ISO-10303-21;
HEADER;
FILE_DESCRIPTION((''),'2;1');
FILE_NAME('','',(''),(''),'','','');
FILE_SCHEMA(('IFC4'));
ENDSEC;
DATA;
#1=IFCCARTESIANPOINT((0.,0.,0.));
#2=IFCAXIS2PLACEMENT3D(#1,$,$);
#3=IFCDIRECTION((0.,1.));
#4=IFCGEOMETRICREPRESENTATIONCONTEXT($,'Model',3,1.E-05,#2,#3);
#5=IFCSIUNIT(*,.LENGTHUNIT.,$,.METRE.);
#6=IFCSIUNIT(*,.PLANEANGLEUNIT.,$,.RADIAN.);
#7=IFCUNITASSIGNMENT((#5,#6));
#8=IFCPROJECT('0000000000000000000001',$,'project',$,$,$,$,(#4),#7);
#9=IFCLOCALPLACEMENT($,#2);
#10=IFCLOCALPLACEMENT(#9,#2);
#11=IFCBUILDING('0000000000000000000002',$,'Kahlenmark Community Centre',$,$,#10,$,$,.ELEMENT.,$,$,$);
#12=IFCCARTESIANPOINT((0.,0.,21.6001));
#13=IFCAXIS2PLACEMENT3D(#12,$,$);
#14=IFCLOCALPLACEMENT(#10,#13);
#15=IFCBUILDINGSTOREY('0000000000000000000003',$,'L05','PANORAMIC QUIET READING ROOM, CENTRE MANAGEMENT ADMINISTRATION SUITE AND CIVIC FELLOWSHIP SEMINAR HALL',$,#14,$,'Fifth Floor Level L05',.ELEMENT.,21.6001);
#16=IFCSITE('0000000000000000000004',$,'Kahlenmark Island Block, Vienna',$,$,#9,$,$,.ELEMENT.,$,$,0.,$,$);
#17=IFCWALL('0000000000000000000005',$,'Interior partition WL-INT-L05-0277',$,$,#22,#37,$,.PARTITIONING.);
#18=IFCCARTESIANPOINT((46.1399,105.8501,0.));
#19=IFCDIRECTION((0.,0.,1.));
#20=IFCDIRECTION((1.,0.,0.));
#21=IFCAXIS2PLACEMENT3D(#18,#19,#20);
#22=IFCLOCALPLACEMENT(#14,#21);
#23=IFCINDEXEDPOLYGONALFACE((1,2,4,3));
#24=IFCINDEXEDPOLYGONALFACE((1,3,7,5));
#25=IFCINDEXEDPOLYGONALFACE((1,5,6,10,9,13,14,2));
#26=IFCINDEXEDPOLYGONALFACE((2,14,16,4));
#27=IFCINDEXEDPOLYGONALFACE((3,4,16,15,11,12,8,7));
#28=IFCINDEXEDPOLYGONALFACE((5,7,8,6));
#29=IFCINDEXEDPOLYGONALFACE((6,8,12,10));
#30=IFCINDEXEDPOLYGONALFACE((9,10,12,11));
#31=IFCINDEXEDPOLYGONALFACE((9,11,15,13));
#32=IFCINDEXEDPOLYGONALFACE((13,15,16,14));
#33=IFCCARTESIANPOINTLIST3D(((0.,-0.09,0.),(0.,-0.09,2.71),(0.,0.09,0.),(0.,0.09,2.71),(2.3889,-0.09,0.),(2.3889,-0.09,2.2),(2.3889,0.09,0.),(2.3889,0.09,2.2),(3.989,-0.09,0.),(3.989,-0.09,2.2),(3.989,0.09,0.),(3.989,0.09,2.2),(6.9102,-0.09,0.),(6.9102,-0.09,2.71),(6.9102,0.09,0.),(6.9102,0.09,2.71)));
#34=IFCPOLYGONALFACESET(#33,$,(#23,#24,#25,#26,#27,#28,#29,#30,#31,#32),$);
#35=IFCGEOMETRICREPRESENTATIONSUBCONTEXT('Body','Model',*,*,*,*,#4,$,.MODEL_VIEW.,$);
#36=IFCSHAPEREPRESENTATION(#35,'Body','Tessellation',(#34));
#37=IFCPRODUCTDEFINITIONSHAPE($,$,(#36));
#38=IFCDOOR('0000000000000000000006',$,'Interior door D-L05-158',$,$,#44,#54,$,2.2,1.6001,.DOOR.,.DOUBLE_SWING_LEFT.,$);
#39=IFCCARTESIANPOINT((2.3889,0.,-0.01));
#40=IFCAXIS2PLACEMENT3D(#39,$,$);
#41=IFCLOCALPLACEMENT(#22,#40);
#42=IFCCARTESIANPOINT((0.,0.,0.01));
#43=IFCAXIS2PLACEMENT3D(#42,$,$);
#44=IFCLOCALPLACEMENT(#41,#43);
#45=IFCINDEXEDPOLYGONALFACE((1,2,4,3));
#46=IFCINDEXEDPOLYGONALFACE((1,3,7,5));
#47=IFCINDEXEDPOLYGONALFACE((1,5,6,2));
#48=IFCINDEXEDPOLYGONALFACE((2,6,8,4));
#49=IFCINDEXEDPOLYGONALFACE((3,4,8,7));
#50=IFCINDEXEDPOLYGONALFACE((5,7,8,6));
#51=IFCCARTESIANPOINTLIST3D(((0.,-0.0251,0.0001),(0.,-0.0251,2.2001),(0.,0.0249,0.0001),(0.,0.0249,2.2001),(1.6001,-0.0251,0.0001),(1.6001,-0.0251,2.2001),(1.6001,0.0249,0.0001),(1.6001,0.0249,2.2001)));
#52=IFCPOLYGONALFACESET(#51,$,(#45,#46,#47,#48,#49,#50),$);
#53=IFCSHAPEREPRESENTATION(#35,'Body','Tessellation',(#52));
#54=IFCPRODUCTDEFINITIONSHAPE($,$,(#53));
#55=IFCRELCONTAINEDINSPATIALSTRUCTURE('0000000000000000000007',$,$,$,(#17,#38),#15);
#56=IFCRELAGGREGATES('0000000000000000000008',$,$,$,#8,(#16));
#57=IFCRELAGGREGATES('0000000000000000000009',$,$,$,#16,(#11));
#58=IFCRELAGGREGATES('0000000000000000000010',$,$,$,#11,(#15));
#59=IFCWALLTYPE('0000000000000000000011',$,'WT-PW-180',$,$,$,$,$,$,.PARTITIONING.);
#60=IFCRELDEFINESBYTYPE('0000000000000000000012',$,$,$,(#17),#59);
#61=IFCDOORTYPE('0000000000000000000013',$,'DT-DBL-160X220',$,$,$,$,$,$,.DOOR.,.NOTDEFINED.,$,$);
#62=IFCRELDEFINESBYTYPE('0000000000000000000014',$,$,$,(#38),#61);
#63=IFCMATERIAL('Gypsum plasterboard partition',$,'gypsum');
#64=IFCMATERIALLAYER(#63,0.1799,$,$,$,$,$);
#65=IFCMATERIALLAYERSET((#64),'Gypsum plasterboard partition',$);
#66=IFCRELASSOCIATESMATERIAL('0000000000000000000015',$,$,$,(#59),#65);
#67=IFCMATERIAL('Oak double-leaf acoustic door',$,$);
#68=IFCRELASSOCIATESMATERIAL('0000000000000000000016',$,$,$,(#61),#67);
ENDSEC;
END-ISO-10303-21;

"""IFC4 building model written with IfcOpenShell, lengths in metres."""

from ifc_helpers import new_model, si_unit, direction, frame, frame_2d, origin, place, context, subcontext, project, spatial, rectangle, extrude, material, layer, layer_set, type_object, element, fill, save


model = new_model("IFC4")

# Units and contexts
model_context = context("Model", 3, precision=1e-05, world=origin(), true_north=direction((0.0, 1.0)))
body_context = subcontext(model_context, "Body", "Model", "MODEL_VIEW")
ifc_project = project(units=[si_unit("LENGTHUNIT", "METRE"), si_unit("PLANEANGLEUNIT", "RADIAN")], contexts=[model_context])

# Site, building, storey
site_placement = place(None, origin())
site = spatial("IfcSite", under=ifc_project, at=site_placement, Name="Kahlenmark Island Block, Vienna", CompositionType="ELEMENT", RefElevation=0.0)
building_placement = place(site_placement, origin())
building = spatial("IfcBuilding", under=site, at=building_placement, Name="Kahlenmark Community Centre", CompositionType="ELEMENT")
storey_placement = place(building_placement, frame((0.0, 0.0, 21.6001)))
storey = spatial("IfcBuildingStorey", under=building, at=storey_placement, Name="L05", Description="PANORAMIC QUIET READING ROOM, CENTRE MANAGEMENT ADMINISTRATION SUITE AND CIVIC FELLOWSHIP SEMINAR HALL", LongName="Fifth Floor Level L05", CompositionType="ELEMENT", Elevation=21.6001)

# Wall, opening, door
ifc_material_1 = material(Name="Gypsum plasterboard partition", Category="gypsum")
ifc_layer_1 = layer(ifc_material_1, 0.1799)
ifc_layer_set_1 = layer_set([ifc_layer_1], Name="Gypsum plasterboard partition")
wall_type_1 = type_object("IfcWallType", Name="WT-PW-180", PredefinedType="PARTITIONING", material=ifc_layer_set_1)
wall_1_placement = place(storey_placement, frame((46.1399, 105.8501, 0.0), z_axis=(0.0, 0.0, 1.0), x_axis=(1.0, 0.0, 0.0)))
wall_1 = element("IfcWall", 1, at=wall_1_placement, inside=storey, type_object=wall_type_1, Name="Interior partition WL-INT-L05-0277", PredefinedType="PARTITIONING", context=body_context, shape_type="SweptSolid", body=[
    extrude(rectangle(XDim=6.9102, YDim=0.1799, at=frame_2d((3.4551, 0.0))), origin(), (0.0, 0.0, 1.0), 2.71),
])
opening_1_placement = place(wall_1_placement, frame((2.3889, 0.0, -0.01)))
opening_1 = element("IfcOpeningElement", 2, at=opening_1_placement, cuts=wall_1, PredefinedType="OPENING", context=body_context, shape_type="SweptSolid", body=[
    extrude(rectangle(XDim=1.6001, YDim=2.21, at=frame_2d((0.8, 1.105))), frame((0.0, 0.0999, 0.0), z_axis=(0.0, -1.0, 0.0), x_axis=(1.0, 0.0, 0.0)), (0.0, 0.0, 1.0), 0.2),
])
ifc_material_2 = material(Name="Oak double-leaf acoustic door")
door_type = type_object("IfcDoorType", Name="DT-DBL-160X220", OperationType="NOTDEFINED", PredefinedType="DOOR", material=ifc_material_2)
door_placement = place(opening_1_placement, frame((0.0, 0.0, 0.01)))
door = element("IfcDoor", 3, at=door_placement, inside=storey, type_object=door_type, Name="Interior door D-L05-158", OperationType="DOUBLE_SWING_LEFT", OverallHeight=2.2, OverallWidth=1.6001, PredefinedType="DOOR", context=body_context, shape_type="SweptSolid", body=[
    extrude(rectangle(XDim=1.6001, YDim=2.2, at=frame_2d((0.8, 1.1001))), frame((0.0, 0.0249, 0.0), z_axis=(0.0, -1.0, 0.0), x_axis=(1.0, 0.0, 0.0)), (0.0, 0.0, 1.0), 0.05),
])
fill(opening_1, door)

save(model, "model.ifc")
